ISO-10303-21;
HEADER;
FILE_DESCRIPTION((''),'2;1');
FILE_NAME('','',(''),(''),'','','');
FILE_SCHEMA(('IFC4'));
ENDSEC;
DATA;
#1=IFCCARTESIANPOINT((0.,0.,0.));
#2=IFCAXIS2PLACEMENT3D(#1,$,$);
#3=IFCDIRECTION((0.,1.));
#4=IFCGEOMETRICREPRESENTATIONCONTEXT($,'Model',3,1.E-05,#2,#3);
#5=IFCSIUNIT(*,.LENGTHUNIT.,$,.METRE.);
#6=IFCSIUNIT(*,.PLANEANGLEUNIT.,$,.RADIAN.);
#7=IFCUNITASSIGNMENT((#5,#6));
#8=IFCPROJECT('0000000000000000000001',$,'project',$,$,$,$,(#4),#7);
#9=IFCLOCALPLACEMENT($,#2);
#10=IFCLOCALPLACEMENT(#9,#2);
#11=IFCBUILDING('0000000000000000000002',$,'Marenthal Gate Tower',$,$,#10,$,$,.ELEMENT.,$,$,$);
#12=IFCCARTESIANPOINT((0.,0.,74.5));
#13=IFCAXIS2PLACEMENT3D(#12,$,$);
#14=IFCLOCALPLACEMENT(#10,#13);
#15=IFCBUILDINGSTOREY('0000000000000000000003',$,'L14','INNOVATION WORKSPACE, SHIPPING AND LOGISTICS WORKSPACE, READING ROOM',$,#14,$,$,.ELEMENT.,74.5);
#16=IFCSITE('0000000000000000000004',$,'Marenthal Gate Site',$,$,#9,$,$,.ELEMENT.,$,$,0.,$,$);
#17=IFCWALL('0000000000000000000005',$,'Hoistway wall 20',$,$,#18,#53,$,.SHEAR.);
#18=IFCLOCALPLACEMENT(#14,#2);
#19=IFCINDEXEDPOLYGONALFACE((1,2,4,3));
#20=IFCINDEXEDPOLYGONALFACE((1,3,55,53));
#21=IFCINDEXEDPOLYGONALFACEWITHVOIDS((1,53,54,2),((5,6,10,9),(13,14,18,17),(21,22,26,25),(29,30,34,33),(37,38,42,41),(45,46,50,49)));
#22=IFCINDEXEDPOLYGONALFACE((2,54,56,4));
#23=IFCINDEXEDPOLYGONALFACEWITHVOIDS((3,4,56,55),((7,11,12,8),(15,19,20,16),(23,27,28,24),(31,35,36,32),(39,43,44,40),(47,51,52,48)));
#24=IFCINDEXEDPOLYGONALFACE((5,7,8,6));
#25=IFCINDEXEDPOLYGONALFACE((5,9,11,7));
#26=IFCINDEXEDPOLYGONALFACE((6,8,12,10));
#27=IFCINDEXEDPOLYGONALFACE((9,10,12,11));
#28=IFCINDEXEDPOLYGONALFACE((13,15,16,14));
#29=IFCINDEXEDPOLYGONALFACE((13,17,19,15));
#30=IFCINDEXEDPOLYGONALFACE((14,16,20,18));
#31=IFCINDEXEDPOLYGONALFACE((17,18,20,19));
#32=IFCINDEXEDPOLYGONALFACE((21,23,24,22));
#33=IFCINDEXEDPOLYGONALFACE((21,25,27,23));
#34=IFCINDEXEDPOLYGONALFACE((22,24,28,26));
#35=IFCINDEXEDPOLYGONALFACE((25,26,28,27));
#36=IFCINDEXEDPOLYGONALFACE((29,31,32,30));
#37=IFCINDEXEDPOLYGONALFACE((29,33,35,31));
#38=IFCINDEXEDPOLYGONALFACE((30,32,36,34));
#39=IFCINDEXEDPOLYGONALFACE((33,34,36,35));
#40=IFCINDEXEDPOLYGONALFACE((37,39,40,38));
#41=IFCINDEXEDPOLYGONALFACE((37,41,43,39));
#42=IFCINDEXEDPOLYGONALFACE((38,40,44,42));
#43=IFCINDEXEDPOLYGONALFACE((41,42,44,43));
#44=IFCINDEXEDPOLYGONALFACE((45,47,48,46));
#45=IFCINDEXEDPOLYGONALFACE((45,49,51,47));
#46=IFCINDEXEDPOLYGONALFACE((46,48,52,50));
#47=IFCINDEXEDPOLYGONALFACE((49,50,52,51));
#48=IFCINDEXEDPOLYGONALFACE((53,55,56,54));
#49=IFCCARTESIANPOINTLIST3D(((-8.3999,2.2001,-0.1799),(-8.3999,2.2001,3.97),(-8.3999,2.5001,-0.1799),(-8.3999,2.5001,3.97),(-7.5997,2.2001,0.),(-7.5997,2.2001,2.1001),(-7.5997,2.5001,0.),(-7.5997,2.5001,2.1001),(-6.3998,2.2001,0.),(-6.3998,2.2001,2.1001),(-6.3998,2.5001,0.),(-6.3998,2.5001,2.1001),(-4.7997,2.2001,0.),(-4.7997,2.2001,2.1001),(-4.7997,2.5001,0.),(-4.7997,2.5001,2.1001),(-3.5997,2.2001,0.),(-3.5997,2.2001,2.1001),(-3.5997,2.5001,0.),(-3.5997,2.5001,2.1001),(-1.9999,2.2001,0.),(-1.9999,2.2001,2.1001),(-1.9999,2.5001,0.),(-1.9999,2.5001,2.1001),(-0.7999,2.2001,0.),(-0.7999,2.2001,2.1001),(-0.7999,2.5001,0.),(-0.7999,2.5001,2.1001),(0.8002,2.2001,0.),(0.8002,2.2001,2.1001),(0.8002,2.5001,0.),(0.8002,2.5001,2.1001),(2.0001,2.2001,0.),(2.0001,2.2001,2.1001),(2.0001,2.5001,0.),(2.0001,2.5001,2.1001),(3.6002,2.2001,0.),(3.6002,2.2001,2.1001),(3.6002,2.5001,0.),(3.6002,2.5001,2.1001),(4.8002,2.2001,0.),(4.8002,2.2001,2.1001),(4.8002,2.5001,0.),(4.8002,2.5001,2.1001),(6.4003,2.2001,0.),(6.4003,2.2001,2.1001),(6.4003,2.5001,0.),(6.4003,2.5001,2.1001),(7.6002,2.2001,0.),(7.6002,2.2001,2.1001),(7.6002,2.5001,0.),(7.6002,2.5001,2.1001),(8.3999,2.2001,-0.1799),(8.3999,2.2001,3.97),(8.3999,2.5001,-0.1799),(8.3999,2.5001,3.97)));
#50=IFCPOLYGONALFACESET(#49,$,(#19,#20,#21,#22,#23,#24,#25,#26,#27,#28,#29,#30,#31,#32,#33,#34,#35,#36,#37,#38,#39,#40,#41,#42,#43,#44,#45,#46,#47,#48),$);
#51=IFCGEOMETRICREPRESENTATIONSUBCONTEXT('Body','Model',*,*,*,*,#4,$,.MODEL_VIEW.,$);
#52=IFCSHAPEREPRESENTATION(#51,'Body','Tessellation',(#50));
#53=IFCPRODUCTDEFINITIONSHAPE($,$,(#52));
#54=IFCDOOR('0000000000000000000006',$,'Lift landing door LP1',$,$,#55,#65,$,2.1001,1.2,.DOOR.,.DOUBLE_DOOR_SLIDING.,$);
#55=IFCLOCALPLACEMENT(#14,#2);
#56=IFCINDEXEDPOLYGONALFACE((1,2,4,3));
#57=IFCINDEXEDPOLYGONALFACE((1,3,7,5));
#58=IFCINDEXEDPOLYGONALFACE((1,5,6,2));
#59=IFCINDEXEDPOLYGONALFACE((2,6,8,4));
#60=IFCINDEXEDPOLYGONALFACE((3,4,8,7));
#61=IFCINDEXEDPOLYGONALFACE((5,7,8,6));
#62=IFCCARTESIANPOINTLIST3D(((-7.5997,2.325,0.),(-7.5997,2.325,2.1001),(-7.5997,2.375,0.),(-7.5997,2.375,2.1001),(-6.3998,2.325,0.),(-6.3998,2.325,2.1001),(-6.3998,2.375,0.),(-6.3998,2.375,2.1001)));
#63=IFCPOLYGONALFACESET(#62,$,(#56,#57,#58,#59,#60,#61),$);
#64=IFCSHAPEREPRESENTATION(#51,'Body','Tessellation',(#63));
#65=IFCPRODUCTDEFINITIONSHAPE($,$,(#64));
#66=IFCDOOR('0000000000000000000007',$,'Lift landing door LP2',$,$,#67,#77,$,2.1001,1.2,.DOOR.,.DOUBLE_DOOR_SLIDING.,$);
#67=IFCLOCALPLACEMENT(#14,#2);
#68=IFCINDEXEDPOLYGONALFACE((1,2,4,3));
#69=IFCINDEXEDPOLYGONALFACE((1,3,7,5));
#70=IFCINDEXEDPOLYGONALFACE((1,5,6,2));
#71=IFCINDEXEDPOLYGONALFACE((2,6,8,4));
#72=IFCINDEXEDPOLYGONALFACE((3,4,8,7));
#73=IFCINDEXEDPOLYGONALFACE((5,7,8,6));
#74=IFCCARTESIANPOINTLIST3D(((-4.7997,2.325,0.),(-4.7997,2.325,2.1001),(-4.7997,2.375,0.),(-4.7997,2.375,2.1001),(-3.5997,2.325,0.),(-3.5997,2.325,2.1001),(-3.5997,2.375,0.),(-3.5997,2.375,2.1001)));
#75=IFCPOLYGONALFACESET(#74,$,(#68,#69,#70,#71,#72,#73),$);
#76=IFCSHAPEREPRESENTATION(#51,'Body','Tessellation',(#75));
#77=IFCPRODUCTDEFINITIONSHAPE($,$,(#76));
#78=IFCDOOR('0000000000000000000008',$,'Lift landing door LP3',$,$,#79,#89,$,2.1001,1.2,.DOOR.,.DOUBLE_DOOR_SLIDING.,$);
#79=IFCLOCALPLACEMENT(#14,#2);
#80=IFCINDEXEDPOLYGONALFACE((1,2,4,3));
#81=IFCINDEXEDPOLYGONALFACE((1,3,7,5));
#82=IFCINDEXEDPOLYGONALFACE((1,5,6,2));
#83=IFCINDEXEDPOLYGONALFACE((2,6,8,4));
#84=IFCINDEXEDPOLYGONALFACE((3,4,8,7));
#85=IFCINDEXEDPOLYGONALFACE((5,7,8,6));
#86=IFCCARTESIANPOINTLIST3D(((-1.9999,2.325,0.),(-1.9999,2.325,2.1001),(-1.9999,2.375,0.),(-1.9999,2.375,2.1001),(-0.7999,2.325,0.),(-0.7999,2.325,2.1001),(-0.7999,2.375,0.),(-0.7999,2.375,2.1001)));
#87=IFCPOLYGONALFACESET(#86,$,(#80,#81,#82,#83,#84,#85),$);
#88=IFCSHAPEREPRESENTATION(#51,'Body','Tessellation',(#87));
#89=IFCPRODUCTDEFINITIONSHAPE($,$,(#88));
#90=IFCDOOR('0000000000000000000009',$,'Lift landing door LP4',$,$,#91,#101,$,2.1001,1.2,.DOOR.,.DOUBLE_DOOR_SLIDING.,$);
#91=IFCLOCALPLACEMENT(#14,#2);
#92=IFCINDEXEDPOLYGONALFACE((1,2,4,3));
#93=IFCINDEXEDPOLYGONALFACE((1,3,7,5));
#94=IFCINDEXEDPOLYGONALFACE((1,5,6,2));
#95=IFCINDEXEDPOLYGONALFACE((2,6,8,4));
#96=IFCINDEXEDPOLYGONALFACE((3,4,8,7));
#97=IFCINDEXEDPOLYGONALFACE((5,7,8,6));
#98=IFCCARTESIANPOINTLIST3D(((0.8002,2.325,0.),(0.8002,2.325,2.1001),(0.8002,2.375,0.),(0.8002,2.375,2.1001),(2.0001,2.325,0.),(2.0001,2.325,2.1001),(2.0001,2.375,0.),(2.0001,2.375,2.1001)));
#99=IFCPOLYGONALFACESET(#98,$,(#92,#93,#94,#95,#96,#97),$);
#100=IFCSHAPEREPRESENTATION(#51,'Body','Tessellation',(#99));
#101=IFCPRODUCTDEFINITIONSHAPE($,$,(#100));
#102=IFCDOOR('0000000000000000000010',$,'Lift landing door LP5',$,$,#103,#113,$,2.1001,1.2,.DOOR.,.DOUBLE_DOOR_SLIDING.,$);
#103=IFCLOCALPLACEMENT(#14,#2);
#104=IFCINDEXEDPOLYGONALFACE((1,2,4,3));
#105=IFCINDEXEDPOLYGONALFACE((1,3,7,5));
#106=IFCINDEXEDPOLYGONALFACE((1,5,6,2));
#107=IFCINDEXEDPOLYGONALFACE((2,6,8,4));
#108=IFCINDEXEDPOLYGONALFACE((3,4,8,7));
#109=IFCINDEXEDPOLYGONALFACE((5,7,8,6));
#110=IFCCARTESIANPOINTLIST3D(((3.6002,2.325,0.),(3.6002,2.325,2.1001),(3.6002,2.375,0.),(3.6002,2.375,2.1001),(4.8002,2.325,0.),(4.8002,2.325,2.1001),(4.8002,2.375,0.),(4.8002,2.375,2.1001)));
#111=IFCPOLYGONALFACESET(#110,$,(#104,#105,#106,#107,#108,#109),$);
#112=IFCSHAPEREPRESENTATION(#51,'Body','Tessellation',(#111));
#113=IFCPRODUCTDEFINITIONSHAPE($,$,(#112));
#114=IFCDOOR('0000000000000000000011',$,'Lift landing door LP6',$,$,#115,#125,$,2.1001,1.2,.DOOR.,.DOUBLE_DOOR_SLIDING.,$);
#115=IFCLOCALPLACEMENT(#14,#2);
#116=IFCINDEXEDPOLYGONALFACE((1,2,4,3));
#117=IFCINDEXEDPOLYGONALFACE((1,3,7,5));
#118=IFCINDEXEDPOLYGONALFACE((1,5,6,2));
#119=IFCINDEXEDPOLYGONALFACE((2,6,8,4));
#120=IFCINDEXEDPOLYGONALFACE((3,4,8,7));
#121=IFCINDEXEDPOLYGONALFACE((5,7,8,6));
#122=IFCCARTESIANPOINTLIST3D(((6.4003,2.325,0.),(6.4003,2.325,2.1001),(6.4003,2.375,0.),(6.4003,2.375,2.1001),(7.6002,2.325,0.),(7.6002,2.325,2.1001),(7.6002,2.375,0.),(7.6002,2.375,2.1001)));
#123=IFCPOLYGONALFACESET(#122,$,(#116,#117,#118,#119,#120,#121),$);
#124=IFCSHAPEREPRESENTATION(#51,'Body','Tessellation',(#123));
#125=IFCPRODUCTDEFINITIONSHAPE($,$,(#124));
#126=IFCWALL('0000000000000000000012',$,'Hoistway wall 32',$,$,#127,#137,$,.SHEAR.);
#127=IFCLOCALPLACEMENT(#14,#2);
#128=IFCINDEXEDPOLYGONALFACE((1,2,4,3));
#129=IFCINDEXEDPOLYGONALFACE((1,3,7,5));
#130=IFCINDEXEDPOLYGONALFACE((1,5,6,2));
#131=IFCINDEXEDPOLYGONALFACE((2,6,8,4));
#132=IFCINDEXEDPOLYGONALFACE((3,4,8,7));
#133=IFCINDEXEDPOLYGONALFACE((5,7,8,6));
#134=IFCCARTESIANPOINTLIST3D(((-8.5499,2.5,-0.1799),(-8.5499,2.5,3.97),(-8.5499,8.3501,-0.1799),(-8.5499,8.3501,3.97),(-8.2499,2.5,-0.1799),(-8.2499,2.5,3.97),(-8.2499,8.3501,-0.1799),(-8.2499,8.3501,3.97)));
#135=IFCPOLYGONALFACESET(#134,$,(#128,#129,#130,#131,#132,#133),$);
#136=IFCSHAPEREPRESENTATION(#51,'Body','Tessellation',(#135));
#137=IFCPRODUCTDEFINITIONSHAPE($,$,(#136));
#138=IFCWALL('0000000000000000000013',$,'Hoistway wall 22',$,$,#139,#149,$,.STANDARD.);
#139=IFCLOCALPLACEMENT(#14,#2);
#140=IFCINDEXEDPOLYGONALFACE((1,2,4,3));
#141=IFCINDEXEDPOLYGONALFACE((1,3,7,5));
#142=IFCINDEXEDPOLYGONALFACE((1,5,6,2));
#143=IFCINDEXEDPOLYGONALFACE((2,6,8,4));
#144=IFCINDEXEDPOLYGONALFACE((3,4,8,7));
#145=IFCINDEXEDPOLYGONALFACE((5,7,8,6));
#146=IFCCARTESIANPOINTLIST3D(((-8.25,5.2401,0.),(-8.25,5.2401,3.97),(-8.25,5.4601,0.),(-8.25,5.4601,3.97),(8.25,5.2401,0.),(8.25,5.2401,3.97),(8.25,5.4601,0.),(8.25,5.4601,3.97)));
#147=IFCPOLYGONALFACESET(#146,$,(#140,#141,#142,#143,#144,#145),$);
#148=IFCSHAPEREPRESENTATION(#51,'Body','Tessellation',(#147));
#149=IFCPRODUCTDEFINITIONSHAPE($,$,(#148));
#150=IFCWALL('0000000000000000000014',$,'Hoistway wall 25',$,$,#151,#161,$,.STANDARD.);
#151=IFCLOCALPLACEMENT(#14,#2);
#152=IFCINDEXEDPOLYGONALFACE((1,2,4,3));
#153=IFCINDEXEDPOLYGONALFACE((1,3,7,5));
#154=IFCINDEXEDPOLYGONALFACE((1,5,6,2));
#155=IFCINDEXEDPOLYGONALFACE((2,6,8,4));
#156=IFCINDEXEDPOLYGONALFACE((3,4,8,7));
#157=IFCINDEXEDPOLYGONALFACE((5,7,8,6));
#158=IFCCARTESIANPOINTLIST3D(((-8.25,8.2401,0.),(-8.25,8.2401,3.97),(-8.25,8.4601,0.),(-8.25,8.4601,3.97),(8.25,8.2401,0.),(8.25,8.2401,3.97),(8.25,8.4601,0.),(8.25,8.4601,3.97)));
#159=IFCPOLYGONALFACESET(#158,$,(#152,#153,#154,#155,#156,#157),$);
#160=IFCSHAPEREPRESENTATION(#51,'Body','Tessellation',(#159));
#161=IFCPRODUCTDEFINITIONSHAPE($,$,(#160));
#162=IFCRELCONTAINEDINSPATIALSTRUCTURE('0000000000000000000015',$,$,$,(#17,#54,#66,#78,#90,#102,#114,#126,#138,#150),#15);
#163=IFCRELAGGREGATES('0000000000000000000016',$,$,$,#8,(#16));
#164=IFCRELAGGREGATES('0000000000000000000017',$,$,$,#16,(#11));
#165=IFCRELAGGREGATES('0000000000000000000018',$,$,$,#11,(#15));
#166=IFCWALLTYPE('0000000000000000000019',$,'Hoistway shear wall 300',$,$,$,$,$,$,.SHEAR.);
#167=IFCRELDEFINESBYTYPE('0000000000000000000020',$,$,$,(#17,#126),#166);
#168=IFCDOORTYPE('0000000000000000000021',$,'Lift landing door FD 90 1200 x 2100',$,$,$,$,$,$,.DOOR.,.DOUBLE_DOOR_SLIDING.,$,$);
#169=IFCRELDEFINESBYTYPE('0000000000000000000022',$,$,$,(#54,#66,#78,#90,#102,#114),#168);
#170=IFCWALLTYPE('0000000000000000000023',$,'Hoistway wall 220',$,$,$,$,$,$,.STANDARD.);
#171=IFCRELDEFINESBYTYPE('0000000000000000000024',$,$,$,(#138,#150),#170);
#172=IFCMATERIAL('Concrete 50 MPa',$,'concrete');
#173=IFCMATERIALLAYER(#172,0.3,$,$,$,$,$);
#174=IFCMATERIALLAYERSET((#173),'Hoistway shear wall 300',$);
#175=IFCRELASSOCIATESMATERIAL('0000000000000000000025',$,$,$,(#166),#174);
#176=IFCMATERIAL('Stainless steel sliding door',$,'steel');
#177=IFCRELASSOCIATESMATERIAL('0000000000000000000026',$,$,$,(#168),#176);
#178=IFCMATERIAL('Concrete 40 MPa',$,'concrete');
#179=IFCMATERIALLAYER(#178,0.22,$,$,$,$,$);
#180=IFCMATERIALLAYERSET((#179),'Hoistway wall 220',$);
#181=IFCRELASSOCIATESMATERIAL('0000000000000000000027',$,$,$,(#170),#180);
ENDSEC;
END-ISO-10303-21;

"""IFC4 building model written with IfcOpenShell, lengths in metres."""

from ifc_helpers import new_model, si_unit, direction, frame, frame_2d, origin, place, context, subcontext, project, spatial, rectangle, extrude, material, layer, layer_set, type_object, element, fill, save


model = new_model("IFC4")

# Units and contexts
model_context = context("Model", 3, precision=1e-05, world=origin(), true_north=direction((0.0, 1.0)))
body_context = subcontext(model_context, "Body", "Model", "MODEL_VIEW")
ifc_project = project(units=[si_unit("LENGTHUNIT", "METRE"), si_unit("PLANEANGLEUNIT", "RADIAN")], contexts=[model_context])

# Site, building, storey
site_placement = place(None, origin())
site = spatial("IfcSite", under=ifc_project, at=site_placement, Name="Marenthal Gate Site", CompositionType="ELEMENT", RefElevation=0.0)
building_placement = place(site_placement, origin())
building = spatial("IfcBuilding", under=site, at=building_placement, Name="Marenthal Gate Tower", CompositionType="ELEMENT")
storey_placement = place(building_placement, frame((0.0, 0.0, 74.5)))
storey = spatial("IfcBuildingStorey", under=building, at=storey_placement, Name="L14", Description="INNOVATION WORKSPACE, SHIPPING AND LOGISTICS WORKSPACE, READING ROOM", CompositionType="ELEMENT", Elevation=74.5)

# Wall, openings, doors
ifc_material_1 = material(Name="Concrete 50 MPa", Category="concrete")
ifc_layer_1 = layer(ifc_material_1, 0.3)
ifc_layer_set_1 = layer_set([ifc_layer_1], Name="Hoistway shear wall 300")
wall_type_1 = type_object("IfcWallType", Name="Hoistway shear wall 300", PredefinedType="SHEAR", material=ifc_layer_set_1)
wall_1_placement = place(storey_placement, frame((-8.3999, 2.3501, -0.1799), z_axis=(0.0, 0.0, 1.0), x_axis=(1.0, 0.0, 0.0)))
wall_1 = element("IfcWall", 1, at=wall_1_placement, inside=storey, type_object=wall_type_1, Name="Hoistway wall 20", PredefinedType="SHEAR", context=body_context, shape_type="SweptSolid", body=[
    extrude(rectangle(XDim=16.7998, YDim=0.3, at=frame_2d((8.3999, 0.0))), origin(), (0.0, 0.0, 1.0), 4.1499),
])
opening_1_placement = place(wall_1_placement, frame((0.8, 0.0, 0.1799)))
opening_1 = element("IfcOpeningElement", 2, at=opening_1_placement, cuts=wall_1, PredefinedType="OPENING", context=body_context, shape_type="SweptSolid", body=[
    extrude(rectangle(XDim=1.2, YDim=2.1001, at=frame_2d((0.6001, 1.05))), frame((0.0, 0.1602, 0.0), z_axis=(0.0, -1.0, 0.0), x_axis=(1.0, 0.0, 0.0)), (0.0, 0.0, 1.0), 0.3201),
])
opening_2_placement = place(wall_1_placement, frame((3.6001, 0.0, 0.1799)))
opening_2 = element("IfcOpeningElement", 3, at=opening_2_placement, cuts=wall_1, PredefinedType="OPENING", context=body_context, shape_type="SweptSolid", body=[
    extrude(rectangle(XDim=1.2, YDim=2.1001, at=frame_2d((0.6001, 1.05))), frame((0.0, 0.1602, 0.0), z_axis=(0.0, -1.0, 0.0), x_axis=(1.0, 0.0, 0.0)), (0.0, 0.0, 1.0), 0.3201),
])
opening_3_placement = place(wall_1_placement, frame((6.3999, 0.0, 0.1799)))
opening_3 = element("IfcOpeningElement", 4, at=opening_3_placement, cuts=wall_1, PredefinedType="OPENING", context=body_context, shape_type="SweptSolid", body=[
    extrude(rectangle(XDim=1.2, YDim=2.1001, at=frame_2d((0.6001, 1.05))), frame((0.0, 0.1602, 0.0), z_axis=(0.0, -1.0, 0.0), x_axis=(1.0, 0.0, 0.0)), (0.0, 0.0, 1.0), 0.3201),
])
opening_4_placement = place(wall_1_placement, frame((9.2, 0.0, 0.1799)))
opening_4 = element("IfcOpeningElement", 5, at=opening_4_placement, cuts=wall_1, PredefinedType="OPENING", context=body_context, shape_type="SweptSolid", body=[
    extrude(rectangle(XDim=1.2, YDim=2.1001, at=frame_2d((0.6001, 1.05))), frame((0.0, 0.1602, 0.0), z_axis=(0.0, -1.0, 0.0), x_axis=(1.0, 0.0, 0.0)), (0.0, 0.0, 1.0), 0.3201),
])
opening_5_placement = place(wall_1_placement, frame((12.0, 0.0, 0.1799)))
opening_5 = element("IfcOpeningElement", 6, at=opening_5_placement, cuts=wall_1, PredefinedType="OPENING", context=body_context, shape_type="SweptSolid", body=[
    extrude(rectangle(XDim=1.2, YDim=2.1001, at=frame_2d((0.6001, 1.05))), frame((0.0, 0.1602, 0.0), z_axis=(0.0, -1.0, 0.0), x_axis=(1.0, 0.0, 0.0)), (0.0, 0.0, 1.0), 0.3201),
])
opening_6_placement = place(wall_1_placement, frame((14.8, 0.0, 0.1799)))
opening_6 = element("IfcOpeningElement", 7, at=opening_6_placement, cuts=wall_1, PredefinedType="OPENING", context=body_context, shape_type="SweptSolid", body=[
    extrude(rectangle(XDim=1.2, YDim=2.1001, at=frame_2d((0.6001, 1.05))), frame((0.0, 0.1602, 0.0), z_axis=(0.0, -1.0, 0.0), x_axis=(1.0, 0.0, 0.0)), (0.0, 0.0, 1.0), 0.3201),
])
ifc_material_2 = material(Name="Stainless steel sliding door", Category="steel")
door_type_1 = type_object("IfcDoorType", Name="Lift landing door FD 90 1200 x 2100", OperationType="DOUBLE_DOOR_SLIDING", PredefinedType="DOOR", material=ifc_material_2)
door_1_placement = place(opening_1_placement, origin())
door_1 = element("IfcDoor", 8, at=door_1_placement, inside=storey, type_object=door_type_1, Name="Lift landing door LP1", OperationType="DOUBLE_DOOR_SLIDING", OverallHeight=2.1001, OverallWidth=1.2, PredefinedType="DOOR", context=body_context, shape_type="SweptSolid", body=[
    extrude(rectangle(XDim=1.2, YDim=2.1001, at=frame_2d((0.6001, 1.05))), frame((0.0, 0.0249, 0.0), z_axis=(0.0, -1.0, 0.0), x_axis=(1.0, 0.0, 0.0)), (0.0, 0.0, 1.0), 0.05),
])
fill(opening_1, door_1)
door_2_placement = place(opening_2_placement, origin())
door_2 = element("IfcDoor", 9, at=door_2_placement, inside=storey, type_object=door_type_1, Name="Lift landing door LP2", OperationType="DOUBLE_DOOR_SLIDING", OverallHeight=2.1001, OverallWidth=1.2, PredefinedType="DOOR", context=body_context, shape_type="SweptSolid", body=[
    extrude(rectangle(XDim=1.2, YDim=2.1001, at=frame_2d((0.6001, 1.05))), frame((0.0, 0.0249, 0.0), z_axis=(0.0, -1.0, 0.0), x_axis=(1.0, 0.0, 0.0)), (0.0, 0.0, 1.0), 0.05),
])
fill(opening_2, door_2)
door_3_placement = place(opening_3_placement, origin())
door_3 = element("IfcDoor", 10, at=door_3_placement, inside=storey, type_object=door_type_1, Name="Lift landing door LP3", OperationType="DOUBLE_DOOR_SLIDING", OverallHeight=2.1001, OverallWidth=1.2, PredefinedType="DOOR", context=body_context, shape_type="SweptSolid", body=[
    extrude(rectangle(XDim=1.2, YDim=2.1001, at=frame_2d((0.6001, 1.05))), frame((0.0, 0.0249, 0.0), z_axis=(0.0, -1.0, 0.0), x_axis=(1.0, 0.0, 0.0)), (0.0, 0.0, 1.0), 0.05),
])
fill(opening_3, door_3)
door_4_placement = place(opening_4_placement, origin())
door_4 = element("IfcDoor", 11, at=door_4_placement, inside=storey, type_object=door_type_1, Name="Lift landing door LP4", OperationType="DOUBLE_DOOR_SLIDING", OverallHeight=2.1001, OverallWidth=1.2, PredefinedType="DOOR", context=body_context, shape_type="SweptSolid", body=[
    extrude(rectangle(XDim=1.2, YDim=2.1001, at=frame_2d((0.6001, 1.05))), frame((0.0, 0.0249, 0.0), z_axis=(0.0, -1.0, 0.0), x_axis=(1.0, 0.0, 0.0)), (0.0, 0.0, 1.0), 0.05),
])
fill(opening_4, door_4)
door_5_placement = place(opening_5_placement, origin())
door_5 = element("IfcDoor", 12, at=door_5_placement, inside=storey, type_object=door_type_1, Name="Lift landing door LP5", OperationType="DOUBLE_DOOR_SLIDING", OverallHeight=2.1001, OverallWidth=1.2, PredefinedType="DOOR", context=body_context, shape_type="SweptSolid", body=[
    extrude(rectangle(XDim=1.2, YDim=2.1001, at=frame_2d((0.6001, 1.05))), frame((0.0, 0.0249, 0.0), z_axis=(0.0, -1.0, 0.0), x_axis=(1.0, 0.0, 0.0)), (0.0, 0.0, 1.0), 0.05),
])
fill(opening_5, door_5)
door_6_placement = place(opening_6_placement, origin())
door_6 = element("IfcDoor", 13, at=door_6_placement, inside=storey, type_object=door_type_1, Name="Lift landing door LP6", OperationType="DOUBLE_DOOR_SLIDING", OverallHeight=2.1001, OverallWidth=1.2, PredefinedType="DOOR", context=body_context, shape_type="SweptSolid", body=[
    extrude(rectangle(XDim=1.2, YDim=2.1001, at=frame_2d((0.6001, 1.05))), frame((0.0, 0.0249, 0.0), z_axis=(0.0, -1.0, 0.0), x_axis=(1.0, 0.0, 0.0)), (0.0, 0.0, 1.0), 0.05),
])
fill(opening_6, door_6)

# Walls
wall_2_placement = place(storey_placement, frame((-8.3999, 2.5, -0.1799), z_axis=(0.0, 0.0, 1.0), x_axis=(0.0, 1.0, 0.0)))
element("IfcWall", 14, at=wall_2_placement, inside=storey, type_object=wall_type_1, Name="Hoistway wall 32", PredefinedType="SHEAR", context=body_context, shape_type="SweptSolid", body=[
    extrude(rectangle(XDim=5.8501, YDim=0.3, at=frame_2d((2.925, 0.0))), origin(), (0.0, 0.0, 1.0), 4.1499),
])
ifc_material_3 = material(Name="Concrete 40 MPa", Category="concrete")
ifc_layer_2 = layer(ifc_material_3, 0.22)
ifc_layer_set_2 = layer_set([ifc_layer_2], Name="Hoistway wall 220")
wall_type_2 = type_object("IfcWallType", Name="Hoistway wall 220", PredefinedType="STANDARD", material=ifc_layer_set_2)
for number, where, z_axis, x_axis, name in (
    (15, (-8.25, 5.3501, 0.0), (0.0, 0.0, 1.0), (1.0, 0.0, 0.0), "Hoistway wall 22"),
    (16, (-8.25, 8.3501, 0.0), (0.0, 0.0, 1.0), (1.0, 0.0, 0.0), "Hoistway wall 25"),
):
    element("IfcWall", number, at=place(storey_placement, frame(where, z_axis=z_axis, x_axis=x_axis)), inside=storey, type_object=wall_type_2, Name=name, PredefinedType="STANDARD", context=body_context, shape_type="SweptSolid", body=[
        extrude(rectangle(XDim=16.5, YDim=0.22, at=frame_2d((8.25, 0.0))), origin(), (0.0, 0.0, 1.0), 3.97),
    ])

save(model, "model.ifc")
